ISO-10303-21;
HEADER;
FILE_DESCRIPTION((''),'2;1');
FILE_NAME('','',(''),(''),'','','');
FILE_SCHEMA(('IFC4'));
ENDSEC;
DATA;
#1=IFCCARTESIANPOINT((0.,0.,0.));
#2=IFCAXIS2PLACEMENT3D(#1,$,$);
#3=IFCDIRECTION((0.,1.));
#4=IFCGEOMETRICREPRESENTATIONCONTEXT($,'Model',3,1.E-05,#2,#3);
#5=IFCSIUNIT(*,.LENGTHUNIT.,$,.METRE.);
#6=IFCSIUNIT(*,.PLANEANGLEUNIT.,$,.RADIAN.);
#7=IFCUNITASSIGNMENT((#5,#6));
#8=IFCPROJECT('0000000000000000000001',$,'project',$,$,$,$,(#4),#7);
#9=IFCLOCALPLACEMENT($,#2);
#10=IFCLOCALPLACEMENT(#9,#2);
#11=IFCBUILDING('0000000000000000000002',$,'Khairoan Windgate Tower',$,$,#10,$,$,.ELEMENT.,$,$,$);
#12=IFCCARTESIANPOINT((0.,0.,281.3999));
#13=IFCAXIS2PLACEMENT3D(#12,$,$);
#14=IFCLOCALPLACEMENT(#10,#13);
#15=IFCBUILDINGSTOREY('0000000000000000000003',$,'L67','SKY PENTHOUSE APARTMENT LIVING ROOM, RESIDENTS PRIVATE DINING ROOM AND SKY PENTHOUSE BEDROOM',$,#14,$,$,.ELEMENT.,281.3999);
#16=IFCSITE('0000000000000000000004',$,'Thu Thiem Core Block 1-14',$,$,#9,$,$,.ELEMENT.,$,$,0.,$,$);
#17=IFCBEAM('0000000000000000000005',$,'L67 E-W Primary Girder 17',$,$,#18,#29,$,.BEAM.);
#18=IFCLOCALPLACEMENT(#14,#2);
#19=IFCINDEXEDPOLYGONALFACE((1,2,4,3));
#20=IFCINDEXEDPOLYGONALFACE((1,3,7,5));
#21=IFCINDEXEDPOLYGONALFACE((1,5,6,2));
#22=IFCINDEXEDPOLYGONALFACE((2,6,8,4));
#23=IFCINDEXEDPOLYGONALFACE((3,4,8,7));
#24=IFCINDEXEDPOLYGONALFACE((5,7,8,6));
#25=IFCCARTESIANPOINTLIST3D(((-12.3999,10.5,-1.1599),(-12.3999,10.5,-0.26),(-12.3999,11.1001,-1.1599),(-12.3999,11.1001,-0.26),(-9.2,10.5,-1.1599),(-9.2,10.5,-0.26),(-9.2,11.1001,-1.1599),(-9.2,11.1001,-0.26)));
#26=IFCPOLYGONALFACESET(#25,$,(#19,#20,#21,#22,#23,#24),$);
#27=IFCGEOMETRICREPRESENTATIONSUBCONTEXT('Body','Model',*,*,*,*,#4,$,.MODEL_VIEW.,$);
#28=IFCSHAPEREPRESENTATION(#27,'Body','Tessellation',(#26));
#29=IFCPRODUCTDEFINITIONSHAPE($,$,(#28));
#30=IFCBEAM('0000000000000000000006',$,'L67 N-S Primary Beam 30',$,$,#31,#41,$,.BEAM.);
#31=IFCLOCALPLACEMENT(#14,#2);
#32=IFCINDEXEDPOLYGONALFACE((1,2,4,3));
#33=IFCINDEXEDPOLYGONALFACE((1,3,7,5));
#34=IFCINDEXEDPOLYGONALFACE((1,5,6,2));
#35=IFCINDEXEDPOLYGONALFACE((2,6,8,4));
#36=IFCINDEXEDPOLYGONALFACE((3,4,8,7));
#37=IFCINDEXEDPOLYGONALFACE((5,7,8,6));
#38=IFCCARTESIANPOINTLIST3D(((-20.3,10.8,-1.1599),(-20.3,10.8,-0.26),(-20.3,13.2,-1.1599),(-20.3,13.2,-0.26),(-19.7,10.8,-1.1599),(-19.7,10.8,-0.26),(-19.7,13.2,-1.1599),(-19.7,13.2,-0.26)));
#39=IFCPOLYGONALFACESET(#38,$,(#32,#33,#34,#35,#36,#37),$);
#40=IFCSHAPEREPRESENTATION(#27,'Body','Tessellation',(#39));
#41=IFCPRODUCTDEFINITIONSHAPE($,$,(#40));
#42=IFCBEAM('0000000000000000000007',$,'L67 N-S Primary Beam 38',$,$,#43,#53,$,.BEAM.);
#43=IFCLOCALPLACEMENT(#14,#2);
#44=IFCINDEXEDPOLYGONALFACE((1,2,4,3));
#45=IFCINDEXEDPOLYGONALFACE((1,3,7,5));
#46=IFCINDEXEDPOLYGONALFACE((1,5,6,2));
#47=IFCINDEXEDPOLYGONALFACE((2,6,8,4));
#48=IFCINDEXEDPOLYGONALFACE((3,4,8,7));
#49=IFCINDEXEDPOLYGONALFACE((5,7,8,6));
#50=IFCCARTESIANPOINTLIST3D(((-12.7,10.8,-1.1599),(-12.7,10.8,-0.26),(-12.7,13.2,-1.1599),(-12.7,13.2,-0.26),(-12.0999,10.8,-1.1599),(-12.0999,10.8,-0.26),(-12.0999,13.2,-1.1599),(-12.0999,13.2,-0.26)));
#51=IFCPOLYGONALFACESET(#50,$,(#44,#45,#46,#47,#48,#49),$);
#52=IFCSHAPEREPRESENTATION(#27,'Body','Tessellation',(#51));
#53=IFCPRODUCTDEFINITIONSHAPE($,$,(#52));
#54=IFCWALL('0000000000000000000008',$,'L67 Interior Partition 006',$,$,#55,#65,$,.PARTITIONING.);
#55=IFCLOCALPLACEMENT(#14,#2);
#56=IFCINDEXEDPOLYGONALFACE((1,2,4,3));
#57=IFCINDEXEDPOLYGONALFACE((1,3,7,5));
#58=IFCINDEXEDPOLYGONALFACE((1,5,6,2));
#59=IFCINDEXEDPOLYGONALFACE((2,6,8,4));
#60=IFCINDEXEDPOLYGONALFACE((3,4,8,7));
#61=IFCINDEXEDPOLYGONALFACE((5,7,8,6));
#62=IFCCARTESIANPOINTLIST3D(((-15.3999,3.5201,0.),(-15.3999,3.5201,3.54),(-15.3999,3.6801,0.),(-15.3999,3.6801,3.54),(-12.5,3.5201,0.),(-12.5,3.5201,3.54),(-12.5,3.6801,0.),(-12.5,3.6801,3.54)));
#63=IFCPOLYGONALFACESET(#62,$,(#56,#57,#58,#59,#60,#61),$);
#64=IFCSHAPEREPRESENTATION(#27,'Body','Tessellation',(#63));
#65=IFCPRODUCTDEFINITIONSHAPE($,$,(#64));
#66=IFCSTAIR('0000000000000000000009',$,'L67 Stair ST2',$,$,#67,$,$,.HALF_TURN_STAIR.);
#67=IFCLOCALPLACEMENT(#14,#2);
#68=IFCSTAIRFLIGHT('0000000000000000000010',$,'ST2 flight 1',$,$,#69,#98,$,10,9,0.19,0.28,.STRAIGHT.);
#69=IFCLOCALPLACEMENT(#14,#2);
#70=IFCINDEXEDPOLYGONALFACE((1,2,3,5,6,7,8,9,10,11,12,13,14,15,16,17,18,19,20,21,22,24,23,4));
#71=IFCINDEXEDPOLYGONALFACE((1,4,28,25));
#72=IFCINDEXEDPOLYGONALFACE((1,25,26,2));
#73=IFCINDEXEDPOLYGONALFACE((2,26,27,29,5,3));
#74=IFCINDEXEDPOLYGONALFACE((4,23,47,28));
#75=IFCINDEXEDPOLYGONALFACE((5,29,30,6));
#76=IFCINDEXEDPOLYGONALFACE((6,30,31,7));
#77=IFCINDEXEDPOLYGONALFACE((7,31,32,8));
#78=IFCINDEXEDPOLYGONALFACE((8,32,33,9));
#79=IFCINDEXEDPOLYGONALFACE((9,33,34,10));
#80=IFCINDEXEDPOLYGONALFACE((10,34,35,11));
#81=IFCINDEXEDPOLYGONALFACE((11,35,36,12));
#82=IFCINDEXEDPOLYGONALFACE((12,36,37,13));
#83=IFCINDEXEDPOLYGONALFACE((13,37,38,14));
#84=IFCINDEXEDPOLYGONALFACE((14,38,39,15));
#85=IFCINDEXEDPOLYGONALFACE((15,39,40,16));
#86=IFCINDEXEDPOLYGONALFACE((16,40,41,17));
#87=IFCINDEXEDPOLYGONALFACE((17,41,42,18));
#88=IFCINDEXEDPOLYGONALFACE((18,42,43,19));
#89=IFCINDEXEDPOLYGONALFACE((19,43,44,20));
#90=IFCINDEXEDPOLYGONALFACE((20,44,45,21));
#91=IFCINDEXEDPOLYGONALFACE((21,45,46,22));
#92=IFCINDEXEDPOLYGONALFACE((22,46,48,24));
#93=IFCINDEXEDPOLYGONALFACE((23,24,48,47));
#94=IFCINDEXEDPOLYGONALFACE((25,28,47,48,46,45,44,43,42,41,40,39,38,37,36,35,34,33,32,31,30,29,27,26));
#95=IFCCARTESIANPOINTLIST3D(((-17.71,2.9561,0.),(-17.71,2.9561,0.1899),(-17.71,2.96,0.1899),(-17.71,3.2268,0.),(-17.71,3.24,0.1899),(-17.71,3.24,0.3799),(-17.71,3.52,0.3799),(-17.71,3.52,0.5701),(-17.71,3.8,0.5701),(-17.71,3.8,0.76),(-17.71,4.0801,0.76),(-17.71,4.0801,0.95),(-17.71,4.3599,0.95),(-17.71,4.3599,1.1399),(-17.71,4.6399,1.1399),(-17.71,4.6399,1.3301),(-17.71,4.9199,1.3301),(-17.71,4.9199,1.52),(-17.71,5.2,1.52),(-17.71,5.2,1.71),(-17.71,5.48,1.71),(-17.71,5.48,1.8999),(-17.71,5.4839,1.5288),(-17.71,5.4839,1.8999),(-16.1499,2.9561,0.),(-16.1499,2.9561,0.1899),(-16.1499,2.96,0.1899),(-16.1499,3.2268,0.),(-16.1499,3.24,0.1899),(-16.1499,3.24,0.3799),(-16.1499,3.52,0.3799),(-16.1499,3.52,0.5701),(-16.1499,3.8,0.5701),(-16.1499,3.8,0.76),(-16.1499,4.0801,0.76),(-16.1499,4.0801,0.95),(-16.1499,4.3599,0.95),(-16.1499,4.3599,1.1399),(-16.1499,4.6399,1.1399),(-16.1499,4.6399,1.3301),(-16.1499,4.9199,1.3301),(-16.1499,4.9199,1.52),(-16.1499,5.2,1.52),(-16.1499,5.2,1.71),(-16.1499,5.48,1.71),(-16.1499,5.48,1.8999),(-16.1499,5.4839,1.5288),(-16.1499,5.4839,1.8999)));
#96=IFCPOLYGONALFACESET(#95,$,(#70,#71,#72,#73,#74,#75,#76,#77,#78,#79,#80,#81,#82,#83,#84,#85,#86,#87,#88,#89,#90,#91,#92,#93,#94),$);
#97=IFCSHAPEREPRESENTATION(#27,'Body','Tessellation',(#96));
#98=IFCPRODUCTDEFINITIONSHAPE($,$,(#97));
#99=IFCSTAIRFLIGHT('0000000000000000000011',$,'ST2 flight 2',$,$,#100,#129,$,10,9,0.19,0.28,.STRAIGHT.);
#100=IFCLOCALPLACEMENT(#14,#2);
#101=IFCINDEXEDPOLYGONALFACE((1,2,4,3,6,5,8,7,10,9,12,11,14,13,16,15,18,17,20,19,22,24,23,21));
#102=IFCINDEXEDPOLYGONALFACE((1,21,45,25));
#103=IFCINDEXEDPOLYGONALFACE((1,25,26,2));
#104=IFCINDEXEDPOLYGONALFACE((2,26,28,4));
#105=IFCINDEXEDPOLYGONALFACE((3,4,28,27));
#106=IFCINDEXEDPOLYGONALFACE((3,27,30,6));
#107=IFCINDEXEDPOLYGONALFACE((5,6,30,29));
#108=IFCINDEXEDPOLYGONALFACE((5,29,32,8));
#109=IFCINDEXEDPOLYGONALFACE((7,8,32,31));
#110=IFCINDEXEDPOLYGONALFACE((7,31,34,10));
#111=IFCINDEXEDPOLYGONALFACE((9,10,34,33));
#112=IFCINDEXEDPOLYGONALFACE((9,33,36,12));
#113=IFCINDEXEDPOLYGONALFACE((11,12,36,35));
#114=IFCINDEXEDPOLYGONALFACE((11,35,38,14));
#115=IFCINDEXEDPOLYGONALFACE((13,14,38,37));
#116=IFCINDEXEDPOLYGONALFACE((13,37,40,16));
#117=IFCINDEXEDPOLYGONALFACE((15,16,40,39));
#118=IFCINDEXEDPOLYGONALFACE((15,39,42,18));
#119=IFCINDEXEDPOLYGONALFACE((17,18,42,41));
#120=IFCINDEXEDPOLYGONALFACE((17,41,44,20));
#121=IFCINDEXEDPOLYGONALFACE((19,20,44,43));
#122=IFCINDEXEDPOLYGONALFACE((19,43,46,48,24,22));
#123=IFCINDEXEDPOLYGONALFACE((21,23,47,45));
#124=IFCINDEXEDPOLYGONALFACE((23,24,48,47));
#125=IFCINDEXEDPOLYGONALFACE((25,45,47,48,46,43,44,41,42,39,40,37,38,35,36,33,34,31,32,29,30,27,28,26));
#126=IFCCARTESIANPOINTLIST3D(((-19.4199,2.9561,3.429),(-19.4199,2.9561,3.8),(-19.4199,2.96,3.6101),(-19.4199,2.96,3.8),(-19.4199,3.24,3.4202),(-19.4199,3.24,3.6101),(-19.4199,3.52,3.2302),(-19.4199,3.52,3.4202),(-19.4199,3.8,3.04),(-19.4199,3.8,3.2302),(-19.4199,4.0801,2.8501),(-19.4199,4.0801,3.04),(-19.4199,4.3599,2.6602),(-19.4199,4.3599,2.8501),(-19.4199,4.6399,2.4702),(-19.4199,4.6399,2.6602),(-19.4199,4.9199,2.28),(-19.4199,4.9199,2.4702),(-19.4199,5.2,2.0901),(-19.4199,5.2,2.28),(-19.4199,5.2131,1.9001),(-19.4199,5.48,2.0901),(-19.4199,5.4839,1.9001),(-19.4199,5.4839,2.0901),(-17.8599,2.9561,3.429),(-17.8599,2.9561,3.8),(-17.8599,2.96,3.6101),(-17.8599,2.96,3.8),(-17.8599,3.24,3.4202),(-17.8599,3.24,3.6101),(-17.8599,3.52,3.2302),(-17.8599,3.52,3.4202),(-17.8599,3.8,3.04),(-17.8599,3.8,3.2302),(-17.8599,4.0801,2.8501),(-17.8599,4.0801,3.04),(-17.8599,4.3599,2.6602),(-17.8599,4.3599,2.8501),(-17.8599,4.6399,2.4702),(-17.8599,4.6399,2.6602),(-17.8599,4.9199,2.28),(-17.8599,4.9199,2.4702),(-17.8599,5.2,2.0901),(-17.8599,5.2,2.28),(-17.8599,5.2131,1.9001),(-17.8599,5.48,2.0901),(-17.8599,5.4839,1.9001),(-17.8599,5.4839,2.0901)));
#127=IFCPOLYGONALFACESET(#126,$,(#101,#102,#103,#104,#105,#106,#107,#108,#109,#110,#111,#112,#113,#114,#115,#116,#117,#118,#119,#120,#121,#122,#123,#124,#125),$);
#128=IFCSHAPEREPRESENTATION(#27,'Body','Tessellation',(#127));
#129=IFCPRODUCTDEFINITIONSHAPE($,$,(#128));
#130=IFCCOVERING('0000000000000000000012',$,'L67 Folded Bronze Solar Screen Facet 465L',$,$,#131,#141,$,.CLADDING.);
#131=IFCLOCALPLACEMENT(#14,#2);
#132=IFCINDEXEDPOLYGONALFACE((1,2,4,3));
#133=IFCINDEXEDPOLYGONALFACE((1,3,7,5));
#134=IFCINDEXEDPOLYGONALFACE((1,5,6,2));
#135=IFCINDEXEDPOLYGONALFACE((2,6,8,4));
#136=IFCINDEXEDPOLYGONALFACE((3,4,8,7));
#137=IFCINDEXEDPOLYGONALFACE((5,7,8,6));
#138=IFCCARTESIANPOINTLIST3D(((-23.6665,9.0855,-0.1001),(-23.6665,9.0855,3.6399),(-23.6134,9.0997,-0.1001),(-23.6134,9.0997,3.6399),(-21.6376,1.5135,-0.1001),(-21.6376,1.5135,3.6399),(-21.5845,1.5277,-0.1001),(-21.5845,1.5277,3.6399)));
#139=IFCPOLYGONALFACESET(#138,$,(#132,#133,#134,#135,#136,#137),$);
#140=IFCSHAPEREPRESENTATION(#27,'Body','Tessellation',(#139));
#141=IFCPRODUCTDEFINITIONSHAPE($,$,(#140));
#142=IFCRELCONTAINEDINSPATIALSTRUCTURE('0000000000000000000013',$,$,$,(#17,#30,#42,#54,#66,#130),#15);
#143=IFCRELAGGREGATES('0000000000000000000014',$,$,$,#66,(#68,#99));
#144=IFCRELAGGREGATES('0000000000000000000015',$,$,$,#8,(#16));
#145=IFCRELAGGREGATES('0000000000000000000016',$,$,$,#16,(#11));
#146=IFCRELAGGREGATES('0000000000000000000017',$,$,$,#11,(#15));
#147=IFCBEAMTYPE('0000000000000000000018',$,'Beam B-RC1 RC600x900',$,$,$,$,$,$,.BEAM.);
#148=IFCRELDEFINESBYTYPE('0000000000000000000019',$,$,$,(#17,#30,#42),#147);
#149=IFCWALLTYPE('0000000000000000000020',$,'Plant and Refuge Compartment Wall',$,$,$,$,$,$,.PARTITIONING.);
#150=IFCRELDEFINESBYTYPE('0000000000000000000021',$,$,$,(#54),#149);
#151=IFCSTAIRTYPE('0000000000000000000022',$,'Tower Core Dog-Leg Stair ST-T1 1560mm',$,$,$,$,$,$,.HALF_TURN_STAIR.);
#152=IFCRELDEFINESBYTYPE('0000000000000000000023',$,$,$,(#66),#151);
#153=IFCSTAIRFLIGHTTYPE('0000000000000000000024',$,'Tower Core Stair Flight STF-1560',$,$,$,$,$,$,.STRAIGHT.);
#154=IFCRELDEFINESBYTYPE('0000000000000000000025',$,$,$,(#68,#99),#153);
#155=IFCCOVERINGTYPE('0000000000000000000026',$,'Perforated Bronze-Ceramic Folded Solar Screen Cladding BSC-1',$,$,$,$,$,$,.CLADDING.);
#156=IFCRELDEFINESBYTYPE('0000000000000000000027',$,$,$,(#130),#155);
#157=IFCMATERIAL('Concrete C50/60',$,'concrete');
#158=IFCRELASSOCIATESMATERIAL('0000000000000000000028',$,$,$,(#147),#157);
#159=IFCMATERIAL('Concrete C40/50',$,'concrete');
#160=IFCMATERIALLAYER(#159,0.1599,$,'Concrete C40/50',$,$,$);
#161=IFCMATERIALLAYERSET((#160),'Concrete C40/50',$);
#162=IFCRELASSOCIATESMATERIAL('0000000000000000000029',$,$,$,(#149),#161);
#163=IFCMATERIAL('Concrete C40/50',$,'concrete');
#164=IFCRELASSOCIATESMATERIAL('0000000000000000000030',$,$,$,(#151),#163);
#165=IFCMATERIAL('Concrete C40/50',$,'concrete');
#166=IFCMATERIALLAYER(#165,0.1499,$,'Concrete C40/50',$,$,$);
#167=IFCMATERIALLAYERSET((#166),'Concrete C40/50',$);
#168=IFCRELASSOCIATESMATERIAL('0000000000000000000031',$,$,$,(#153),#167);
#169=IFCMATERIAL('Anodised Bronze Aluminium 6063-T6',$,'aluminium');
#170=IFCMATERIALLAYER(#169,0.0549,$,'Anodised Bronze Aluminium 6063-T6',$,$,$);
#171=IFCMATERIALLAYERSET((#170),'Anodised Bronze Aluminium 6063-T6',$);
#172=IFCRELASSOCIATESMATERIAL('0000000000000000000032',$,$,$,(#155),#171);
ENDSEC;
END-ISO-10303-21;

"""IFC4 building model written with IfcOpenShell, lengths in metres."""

from ifc_helpers import new_model, si_unit, direction, frame, frame_2d, origin, origin_2d, place, context, subcontext, project, spatial, polyline, rectangle, outline, extrude, material, layer, layer_set, material_profile, profile_set, type_object, element, aggregate, save


model = new_model("IFC4")

# Units and contexts
model_context = context("Model", 3, precision=1e-05, world=origin(), true_north=direction((0.0, 1.0)))
body_context = subcontext(model_context, "Body", "Model", "MODEL_VIEW")
ifc_project = project(units=[si_unit("LENGTHUNIT", "METRE"), si_unit("PLANEANGLEUNIT", "RADIAN")], contexts=[model_context])

# Site, building, storey
site_placement = place(None, origin())
site = spatial("IfcSite", under=ifc_project, at=site_placement, Name="Thu Thiem Core Block 1-14", CompositionType="ELEMENT", RefElevation=0.0)
building_placement = place(site_placement, origin())
building = spatial("IfcBuilding", under=site, at=building_placement, Name="Khairoan Windgate Tower", CompositionType="ELEMENT")
storey_placement = place(building_placement, frame((0.0, 0.0, 281.3999)))
storey = spatial("IfcBuildingStorey", under=building, at=storey_placement, Name="L67", Description="SKY PENTHOUSE APARTMENT LIVING ROOM, RESIDENTS PRIVATE DINING ROOM AND SKY PENTHOUSE BEDROOM", CompositionType="ELEMENT", Elevation=281.3999)

# Beams
ifc_material_1 = material(Name="Concrete C50/60", Category="concrete")
ifc_material_profile = material_profile(ifc_material_1, rectangle(XDim=0.6001, YDim=0.8999, at=origin_2d()))
ifc_profile_set = profile_set([ifc_material_profile], Name="Concrete C50/60")
beam_type = type_object("IfcBeamType", Name="Beam B-RC1 RC600x900", PredefinedType="BEAM", material=ifc_profile_set)
beam_placement = place(storey_placement, frame((-12.3999, 10.8, -0.71), z_axis=(1.0, 0.0, 0.0), x_axis=(0.0, 1.0, 0.0)))
element("IfcBeam", 1, at=beam_placement, inside=storey, type_object=beam_type, Name="L67 E-W Primary Girder 17", PredefinedType="BEAM", context=body_context, shape_type="SweptSolid", body=[
    extrude(rectangle(XDim=0.6001, YDim=0.8999, at=origin_2d()), origin(), (0.0, 0.0, 1.0), 3.2),
])
for number, where, z_axis, x_axis, name in (
    (2, (-20.0, 10.8, -0.71), (0.0, 1.0, 0.0), (-1.0, 0.0, 0.0), "L67 N-S Primary Beam 30"),
    (3, (-12.3999, 10.8, -0.71), (0.0, 1.0, 0.0), (-1.0, 0.0, 0.0), "L67 N-S Primary Beam 38"),
):
    element("IfcBeam", number, at=place(storey_placement, frame(where, z_axis=z_axis, x_axis=x_axis)), inside=storey, type_object=beam_type, Name=name, PredefinedType="BEAM", context=body_context, shape_type="SweptSolid", body=[
        extrude(rectangle(XDim=0.6001, YDim=0.8999, at=origin_2d()), origin(), (0.0, 0.0, 1.0), 2.3999),
    ])

# Wall
ifc_material_2 = material(Name="Concrete C40/50", Category="concrete")
ifc_layer_1 = layer(ifc_material_2, 0.1599, Name="Concrete C40/50")
ifc_layer_set_1 = layer_set([ifc_layer_1], Name="Concrete C40/50")
wall_type = type_object("IfcWallType", Name="Plant and Refuge Compartment Wall", PredefinedType="PARTITIONING", material=ifc_layer_set_1)
wall_placement = place(storey_placement, frame((-15.3999, 3.6001, 0.0), z_axis=(0.0, 0.0, 1.0), x_axis=(1.0, 0.0, 0.0)))
element("IfcWall", 4, at=wall_placement, inside=storey, type_object=wall_type, Name="L67 Interior Partition 006", PredefinedType="PARTITIONING", context=body_context, shape_type="SweptSolid", body=[
    extrude(rectangle(XDim=2.8999, YDim=0.1599, at=frame_2d((1.45, 0.0))), origin(), (0.0, 0.0, 1.0), 3.54),
])

# Stair, stair flights
ifc_material_3 = material(Name="Concrete C40/50", Category="concrete")
stair_type = type_object("IfcStairType", Name="Tower Core Dog-Leg Stair ST-T1 1560mm", PredefinedType="HALF_TURN_STAIR", material=ifc_material_3)
stair_placement = place(storey_placement, origin())
stair = element("IfcStair", 5, at=stair_placement, inside=storey, type_object=stair_type, Name="L67 Stair ST2", PredefinedType="HALF_TURN_STAIR")
ifc_material_4 = material(Name="Concrete C40/50", Category="concrete")
ifc_layer_2 = layer(ifc_material_4, 0.1499, Name="Concrete C40/50")
ifc_layer_set_2 = layer_set([ifc_layer_2], Name="Concrete C40/50")
stair_flight_type = type_object("IfcStairFlightType", Name="Tower Core Stair Flight STF-1560", PredefinedType="STRAIGHT", material=ifc_layer_set_2)
stair_flight_1_placement = place(storey_placement, frame((-16.9299, 2.96, 0.0), z_axis=(0.0, 0.0, 1.0), x_axis=(0.0, 1.0, 0.0)))
stair_flight_1 = element("IfcStairFlight", 6, at=stair_flight_1_placement, type_object=stair_flight_type, Name="ST2 flight 1", NumberOfRisers=10, NumberOfTreads=9, PredefinedType="STRAIGHT", RiserHeight=0.19, TreadLength=0.28, context=body_context, shape_type="SweptSolid", body=[
    extrude(outline(polyline([(-0.0039, 0.0), (-0.0039, 0.1899), (0.0, 0.1899), (0.28, 0.1899), (0.28, 0.3799), (0.5601, 0.3799), (0.5601, 0.5701), (0.8401, 0.5701), (0.8401, 0.76), (1.1201, 0.76), (1.1201, 0.95), (1.3999, 0.95), (1.3999, 1.1399), (1.6799, 1.1399), (1.6799, 1.3301), (1.96, 1.3301), (1.96, 1.52), (2.24, 1.52), (2.24, 1.71), (2.52, 1.71), (2.52, 1.8999), (2.5239, 1.8999), (2.5239, 1.5288), (0.2668, 0.0), (-0.0039, 0.0)])), frame((0.0, 0.78, 0.0), z_axis=(0.0, -1.0, 0.0), x_axis=(1.0, 0.0, 0.0)), (0.0, 0.0, 1.0), 1.5601),
])
stair_flight_2_placement = place(storey_placement, frame((-18.6399, 5.48, 1.9001), z_axis=(0.0, 0.0, 1.0), x_axis=(0.0, -1.0, 0.0)))
stair_flight_2 = element("IfcStairFlight", 7, at=stair_flight_2_placement, type_object=stair_flight_type, Name="ST2 flight 2", NumberOfRisers=10, NumberOfTreads=9, PredefinedType="STRAIGHT", RiserHeight=0.19, TreadLength=0.28, context=body_context, shape_type="SweptSolid", body=[
    extrude(outline(polyline([(-0.0039, 0.0), (-0.0039, 0.1899), (0.0, 0.1899), (0.28, 0.1899), (0.28, 0.3799), (0.5601, 0.3799), (0.5601, 0.5701), (0.8401, 0.5701), (0.8401, 0.76), (1.1201, 0.76), (1.1201, 0.95), (1.3999, 0.95), (1.3999, 1.1399), (1.6799, 1.1399), (1.6799, 1.3301), (1.96, 1.3301), (1.96, 1.52), (2.24, 1.52), (2.24, 1.71), (2.52, 1.71), (2.52, 1.8999), (2.5239, 1.8999), (2.5239, 1.5288), (0.2668, 0.0), (-0.0039, 0.0)])), frame((0.0, 0.78, 0.0), z_axis=(0.0, -1.0, 0.0), x_axis=(1.0, 0.0, 0.0)), (0.0, 0.0, 1.0), 1.5601),
])
aggregate(stair, [stair_flight_1, stair_flight_2])

# Covering
ifc_material_5 = material(Name="Anodised Bronze Aluminium 6063-T6", Category="aluminium")
ifc_layer_3 = layer(ifc_material_5, 0.0549, Name="Anodised Bronze Aluminium 6063-T6")
ifc_layer_set_3 = layer_set([ifc_layer_3], Name="Anodised Bronze Aluminium 6063-T6")
covering_type = type_object("IfcCoveringType", Name="Perforated Bronze-Ceramic Folded Solar Screen Cladding BSC-1", PredefinedType="CLADDING", material=ifc_layer_set_3)
covering_placement = place(storey_placement, frame((-22.6255, 5.3066, -0.1001), z_axis=(0.0, 0.0, 1.0), x_axis=(-0.258819, 0.965926, 0.0)))
element("IfcCovering", 8, at=covering_placement, inside=storey, type_object=covering_type, Name="L67 Folded Bronze Solar Screen Facet 465L", PredefinedType="CLADDING", context=body_context, shape_type="SweptSolid", body=[
    extrude(rectangle(XDim=7.8391, YDim=0.0549, at=origin_2d()), origin(), (0.0, 0.0, 1.0), 3.74),
])

save(model, "model.ifc")
